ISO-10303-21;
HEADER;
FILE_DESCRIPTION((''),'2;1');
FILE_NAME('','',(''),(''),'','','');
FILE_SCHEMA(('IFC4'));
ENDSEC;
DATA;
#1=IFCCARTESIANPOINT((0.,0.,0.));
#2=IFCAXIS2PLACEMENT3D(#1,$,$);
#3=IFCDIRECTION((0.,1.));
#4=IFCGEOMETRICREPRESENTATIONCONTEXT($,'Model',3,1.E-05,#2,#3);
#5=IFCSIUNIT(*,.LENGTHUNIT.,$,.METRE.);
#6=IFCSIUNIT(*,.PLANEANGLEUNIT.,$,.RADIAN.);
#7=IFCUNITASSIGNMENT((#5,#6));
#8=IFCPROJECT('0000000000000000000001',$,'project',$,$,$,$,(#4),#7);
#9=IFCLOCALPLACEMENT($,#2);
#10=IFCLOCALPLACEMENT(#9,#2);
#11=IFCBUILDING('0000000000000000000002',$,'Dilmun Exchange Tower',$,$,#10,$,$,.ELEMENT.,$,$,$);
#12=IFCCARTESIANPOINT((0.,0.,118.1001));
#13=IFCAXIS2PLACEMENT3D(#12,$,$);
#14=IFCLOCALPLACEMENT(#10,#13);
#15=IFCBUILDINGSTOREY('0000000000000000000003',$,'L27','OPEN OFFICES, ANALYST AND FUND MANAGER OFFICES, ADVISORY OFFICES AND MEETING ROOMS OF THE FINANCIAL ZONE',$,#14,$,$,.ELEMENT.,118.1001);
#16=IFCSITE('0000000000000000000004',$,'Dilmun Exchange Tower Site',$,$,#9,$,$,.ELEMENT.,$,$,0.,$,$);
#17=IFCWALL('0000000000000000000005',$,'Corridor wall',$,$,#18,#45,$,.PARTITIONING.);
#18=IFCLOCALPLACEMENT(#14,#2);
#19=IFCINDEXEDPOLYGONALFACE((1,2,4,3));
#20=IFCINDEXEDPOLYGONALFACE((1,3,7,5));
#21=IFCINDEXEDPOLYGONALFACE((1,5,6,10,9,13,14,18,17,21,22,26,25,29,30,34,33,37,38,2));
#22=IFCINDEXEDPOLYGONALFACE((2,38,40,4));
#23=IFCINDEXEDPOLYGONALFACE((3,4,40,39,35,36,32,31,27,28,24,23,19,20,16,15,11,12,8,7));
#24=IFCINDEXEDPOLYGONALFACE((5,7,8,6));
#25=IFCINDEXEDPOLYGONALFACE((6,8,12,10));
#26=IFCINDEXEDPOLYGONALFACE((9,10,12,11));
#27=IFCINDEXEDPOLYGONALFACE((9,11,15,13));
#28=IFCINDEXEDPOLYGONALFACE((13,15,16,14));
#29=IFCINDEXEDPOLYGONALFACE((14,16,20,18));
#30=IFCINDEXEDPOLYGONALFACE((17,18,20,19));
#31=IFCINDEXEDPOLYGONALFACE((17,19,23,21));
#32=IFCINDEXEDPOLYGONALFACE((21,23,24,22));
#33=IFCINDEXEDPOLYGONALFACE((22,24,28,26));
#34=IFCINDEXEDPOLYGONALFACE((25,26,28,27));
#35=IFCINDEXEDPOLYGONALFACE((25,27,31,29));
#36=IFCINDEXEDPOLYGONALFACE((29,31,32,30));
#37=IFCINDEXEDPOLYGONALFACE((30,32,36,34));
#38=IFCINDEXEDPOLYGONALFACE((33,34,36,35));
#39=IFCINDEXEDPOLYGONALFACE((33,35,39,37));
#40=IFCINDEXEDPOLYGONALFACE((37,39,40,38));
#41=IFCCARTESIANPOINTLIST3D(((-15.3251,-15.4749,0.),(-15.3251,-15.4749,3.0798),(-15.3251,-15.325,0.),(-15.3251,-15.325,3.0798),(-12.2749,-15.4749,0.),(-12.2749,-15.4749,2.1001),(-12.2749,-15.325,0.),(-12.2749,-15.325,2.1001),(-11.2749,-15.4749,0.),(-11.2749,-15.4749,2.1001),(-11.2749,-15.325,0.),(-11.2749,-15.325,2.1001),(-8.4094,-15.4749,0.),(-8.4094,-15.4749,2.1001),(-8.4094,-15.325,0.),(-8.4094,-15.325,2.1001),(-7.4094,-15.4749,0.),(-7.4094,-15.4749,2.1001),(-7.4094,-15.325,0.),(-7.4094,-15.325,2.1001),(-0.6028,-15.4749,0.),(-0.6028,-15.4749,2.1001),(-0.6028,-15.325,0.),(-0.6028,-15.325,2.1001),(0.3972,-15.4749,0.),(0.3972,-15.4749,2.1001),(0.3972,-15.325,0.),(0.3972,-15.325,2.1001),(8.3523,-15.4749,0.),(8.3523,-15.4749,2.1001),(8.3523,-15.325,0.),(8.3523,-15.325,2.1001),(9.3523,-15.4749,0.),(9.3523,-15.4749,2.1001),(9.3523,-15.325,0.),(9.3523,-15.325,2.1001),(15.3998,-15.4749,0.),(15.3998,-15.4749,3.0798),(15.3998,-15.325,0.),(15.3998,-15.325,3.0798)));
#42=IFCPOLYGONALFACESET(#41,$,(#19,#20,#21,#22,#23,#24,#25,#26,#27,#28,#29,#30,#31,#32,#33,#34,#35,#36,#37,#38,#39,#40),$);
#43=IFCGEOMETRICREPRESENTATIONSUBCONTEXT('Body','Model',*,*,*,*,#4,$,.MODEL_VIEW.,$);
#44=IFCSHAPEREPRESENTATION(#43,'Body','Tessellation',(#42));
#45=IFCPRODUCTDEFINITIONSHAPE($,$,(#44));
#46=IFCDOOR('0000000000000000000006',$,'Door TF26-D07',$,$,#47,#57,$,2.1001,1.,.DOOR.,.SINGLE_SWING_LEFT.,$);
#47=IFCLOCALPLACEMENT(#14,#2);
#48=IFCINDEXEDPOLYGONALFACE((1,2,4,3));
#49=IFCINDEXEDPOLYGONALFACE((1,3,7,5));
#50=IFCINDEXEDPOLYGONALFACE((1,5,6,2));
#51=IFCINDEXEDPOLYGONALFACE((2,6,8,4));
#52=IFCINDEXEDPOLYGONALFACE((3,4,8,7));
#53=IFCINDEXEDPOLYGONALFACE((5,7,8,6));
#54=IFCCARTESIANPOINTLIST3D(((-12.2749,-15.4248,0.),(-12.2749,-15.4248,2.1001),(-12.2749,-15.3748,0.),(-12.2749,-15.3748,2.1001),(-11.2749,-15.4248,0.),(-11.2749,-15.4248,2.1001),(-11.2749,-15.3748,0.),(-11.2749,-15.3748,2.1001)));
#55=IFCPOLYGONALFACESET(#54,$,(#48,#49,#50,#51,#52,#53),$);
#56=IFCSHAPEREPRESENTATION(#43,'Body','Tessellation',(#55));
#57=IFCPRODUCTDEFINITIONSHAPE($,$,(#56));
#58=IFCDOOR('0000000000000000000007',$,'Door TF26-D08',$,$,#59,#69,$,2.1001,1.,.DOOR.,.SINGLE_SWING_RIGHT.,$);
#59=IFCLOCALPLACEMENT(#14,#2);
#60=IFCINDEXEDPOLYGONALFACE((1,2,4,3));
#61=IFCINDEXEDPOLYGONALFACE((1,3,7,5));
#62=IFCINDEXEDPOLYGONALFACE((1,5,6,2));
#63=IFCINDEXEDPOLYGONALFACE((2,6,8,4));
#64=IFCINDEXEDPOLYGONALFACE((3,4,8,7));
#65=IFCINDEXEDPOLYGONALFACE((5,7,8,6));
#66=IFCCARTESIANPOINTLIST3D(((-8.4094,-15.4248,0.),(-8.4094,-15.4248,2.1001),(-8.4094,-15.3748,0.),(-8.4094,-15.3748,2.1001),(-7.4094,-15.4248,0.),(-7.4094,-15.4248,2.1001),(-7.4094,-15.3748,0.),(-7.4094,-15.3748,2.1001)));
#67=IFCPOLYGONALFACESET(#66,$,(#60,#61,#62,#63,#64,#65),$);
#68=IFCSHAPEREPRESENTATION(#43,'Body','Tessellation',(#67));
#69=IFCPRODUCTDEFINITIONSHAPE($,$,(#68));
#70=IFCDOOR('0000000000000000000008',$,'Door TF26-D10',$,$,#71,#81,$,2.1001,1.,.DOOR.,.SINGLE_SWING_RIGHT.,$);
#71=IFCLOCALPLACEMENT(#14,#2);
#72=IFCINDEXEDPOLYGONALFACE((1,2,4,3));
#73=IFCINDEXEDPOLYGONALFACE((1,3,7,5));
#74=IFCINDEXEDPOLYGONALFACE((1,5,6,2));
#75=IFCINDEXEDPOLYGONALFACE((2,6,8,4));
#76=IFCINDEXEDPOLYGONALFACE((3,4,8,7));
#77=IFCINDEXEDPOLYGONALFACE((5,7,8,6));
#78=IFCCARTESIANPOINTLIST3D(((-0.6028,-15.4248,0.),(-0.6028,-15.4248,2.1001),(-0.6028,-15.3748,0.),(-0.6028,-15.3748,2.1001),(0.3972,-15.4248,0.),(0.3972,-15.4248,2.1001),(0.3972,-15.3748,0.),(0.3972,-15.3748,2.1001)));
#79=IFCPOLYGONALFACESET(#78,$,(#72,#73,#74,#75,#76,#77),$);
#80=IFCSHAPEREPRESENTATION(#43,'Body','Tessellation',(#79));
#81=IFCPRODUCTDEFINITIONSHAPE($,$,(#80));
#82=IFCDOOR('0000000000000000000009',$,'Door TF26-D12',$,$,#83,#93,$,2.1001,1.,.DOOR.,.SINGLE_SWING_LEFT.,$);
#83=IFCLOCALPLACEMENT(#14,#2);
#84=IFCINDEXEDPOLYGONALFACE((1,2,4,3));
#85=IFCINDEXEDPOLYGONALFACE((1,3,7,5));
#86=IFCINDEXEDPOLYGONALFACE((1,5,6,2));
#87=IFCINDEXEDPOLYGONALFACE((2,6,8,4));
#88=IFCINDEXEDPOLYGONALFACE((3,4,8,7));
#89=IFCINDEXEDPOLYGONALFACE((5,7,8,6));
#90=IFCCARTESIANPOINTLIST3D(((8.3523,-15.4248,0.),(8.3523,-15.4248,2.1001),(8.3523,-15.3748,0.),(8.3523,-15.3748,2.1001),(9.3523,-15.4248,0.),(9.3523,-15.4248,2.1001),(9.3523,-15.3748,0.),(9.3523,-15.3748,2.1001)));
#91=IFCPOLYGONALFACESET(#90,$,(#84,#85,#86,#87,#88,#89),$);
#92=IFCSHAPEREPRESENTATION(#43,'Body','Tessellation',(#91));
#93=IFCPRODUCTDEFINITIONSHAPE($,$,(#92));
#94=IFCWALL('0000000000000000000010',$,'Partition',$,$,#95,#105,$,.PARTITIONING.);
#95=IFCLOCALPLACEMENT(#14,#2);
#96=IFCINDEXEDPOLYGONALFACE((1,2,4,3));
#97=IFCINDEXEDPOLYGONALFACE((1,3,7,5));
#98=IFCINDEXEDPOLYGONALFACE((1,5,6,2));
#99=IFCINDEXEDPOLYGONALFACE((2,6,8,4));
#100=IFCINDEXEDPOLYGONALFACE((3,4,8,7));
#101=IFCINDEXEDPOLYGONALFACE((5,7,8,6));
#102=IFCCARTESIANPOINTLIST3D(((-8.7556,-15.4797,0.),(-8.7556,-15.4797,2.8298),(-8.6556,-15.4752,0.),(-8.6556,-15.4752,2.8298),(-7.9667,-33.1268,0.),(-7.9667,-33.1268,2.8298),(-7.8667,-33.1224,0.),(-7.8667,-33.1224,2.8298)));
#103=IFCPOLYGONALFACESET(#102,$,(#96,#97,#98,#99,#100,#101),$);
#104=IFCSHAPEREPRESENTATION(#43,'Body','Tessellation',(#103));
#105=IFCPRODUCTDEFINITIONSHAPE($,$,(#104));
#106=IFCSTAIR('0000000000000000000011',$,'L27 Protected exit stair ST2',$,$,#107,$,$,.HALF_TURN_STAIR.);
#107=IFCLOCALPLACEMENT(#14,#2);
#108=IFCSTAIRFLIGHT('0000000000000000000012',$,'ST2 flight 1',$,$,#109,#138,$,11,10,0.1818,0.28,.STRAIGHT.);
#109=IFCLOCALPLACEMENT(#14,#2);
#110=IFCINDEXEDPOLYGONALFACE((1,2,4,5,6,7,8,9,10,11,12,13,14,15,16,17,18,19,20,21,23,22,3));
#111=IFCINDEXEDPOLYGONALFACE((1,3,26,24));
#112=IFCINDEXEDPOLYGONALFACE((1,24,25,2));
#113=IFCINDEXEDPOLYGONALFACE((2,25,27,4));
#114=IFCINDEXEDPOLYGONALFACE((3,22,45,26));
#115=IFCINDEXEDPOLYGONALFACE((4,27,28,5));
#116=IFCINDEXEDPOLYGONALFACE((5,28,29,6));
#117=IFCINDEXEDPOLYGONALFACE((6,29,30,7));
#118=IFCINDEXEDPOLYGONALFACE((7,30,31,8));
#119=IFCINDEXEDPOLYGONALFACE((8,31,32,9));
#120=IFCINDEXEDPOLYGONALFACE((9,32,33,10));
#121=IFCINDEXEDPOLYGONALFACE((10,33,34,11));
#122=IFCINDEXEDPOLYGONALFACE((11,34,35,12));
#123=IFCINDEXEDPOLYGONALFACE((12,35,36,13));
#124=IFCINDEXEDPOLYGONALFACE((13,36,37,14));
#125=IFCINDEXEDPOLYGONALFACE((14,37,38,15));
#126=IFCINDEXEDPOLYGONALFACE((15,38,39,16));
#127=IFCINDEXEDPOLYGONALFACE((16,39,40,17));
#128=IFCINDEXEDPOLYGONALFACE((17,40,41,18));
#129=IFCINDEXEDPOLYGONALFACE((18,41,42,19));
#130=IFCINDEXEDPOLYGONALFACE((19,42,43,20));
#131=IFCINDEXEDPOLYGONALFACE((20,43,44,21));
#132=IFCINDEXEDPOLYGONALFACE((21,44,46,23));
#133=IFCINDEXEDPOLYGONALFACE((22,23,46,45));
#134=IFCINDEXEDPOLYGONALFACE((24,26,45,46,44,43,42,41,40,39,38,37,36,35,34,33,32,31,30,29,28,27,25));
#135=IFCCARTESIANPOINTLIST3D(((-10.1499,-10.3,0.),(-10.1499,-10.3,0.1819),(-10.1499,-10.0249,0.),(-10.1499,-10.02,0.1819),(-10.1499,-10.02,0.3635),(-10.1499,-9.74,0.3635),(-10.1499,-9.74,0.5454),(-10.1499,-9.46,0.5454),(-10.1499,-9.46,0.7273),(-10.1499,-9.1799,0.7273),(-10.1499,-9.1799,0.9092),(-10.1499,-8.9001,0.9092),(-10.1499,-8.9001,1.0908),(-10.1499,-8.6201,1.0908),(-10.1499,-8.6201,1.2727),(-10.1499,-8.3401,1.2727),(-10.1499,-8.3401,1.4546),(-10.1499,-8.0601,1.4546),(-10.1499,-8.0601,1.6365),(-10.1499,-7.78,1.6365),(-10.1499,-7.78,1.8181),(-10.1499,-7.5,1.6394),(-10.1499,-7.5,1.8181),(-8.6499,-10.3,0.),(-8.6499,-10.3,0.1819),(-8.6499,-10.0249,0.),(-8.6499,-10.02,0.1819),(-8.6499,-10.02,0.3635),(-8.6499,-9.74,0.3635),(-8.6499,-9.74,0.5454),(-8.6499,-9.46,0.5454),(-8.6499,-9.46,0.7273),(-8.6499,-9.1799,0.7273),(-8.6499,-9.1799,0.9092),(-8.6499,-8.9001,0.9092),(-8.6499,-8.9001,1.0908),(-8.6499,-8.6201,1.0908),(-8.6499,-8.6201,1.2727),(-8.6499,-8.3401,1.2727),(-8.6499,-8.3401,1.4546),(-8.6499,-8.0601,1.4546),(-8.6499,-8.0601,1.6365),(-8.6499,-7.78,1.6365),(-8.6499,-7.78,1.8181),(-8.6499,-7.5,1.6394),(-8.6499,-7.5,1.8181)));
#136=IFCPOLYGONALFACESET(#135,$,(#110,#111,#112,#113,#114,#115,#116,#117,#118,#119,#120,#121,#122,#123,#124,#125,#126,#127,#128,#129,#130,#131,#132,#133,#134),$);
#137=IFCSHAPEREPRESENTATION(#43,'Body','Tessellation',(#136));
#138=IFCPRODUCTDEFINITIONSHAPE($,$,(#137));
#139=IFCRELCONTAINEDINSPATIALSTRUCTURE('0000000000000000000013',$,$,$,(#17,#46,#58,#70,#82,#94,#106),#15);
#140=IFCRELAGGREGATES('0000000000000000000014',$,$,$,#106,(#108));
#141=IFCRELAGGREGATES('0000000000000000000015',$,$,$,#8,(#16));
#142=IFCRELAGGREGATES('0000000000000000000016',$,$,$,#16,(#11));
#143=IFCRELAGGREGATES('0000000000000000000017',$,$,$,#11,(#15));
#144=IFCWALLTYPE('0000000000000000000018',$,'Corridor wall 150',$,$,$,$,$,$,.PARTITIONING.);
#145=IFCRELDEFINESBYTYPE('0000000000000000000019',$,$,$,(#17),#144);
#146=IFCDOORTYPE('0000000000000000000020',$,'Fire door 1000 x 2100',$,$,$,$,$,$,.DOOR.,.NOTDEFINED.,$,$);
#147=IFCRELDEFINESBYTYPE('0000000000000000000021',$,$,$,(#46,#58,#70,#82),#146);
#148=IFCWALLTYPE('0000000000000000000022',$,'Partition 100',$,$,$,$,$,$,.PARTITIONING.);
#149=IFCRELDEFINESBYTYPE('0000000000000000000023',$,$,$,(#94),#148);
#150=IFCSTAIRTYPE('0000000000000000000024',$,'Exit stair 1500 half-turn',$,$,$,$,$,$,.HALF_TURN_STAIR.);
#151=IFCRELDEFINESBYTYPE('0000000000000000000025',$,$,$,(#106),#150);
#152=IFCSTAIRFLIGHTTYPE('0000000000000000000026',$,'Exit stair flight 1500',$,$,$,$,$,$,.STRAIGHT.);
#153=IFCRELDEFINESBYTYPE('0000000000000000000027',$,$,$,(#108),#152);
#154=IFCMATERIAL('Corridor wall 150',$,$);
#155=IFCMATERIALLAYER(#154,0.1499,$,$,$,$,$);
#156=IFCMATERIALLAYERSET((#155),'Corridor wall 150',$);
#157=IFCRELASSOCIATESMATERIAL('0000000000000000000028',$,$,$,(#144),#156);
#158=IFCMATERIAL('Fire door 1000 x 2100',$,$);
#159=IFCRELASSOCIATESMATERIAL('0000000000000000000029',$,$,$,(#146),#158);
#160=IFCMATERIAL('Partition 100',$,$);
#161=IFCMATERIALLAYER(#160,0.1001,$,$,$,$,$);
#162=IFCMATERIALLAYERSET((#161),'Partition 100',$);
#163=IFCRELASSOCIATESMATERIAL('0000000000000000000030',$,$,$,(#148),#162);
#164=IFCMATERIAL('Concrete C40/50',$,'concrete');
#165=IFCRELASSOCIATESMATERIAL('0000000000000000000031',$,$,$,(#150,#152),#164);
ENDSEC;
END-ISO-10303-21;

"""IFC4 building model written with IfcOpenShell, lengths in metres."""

from ifc_helpers import new_model, si_unit, direction, frame, frame_2d, origin, place, context, subcontext, project, spatial, polyline, rectangle, outline, extrude, material, layer, layer_set, type_object, element, fill, aggregate, save


model = new_model("IFC4")

# Units and contexts
model_context = context("Model", 3, precision=1e-05, world=origin(), true_north=direction((0.0, 1.0)))
body_context = subcontext(model_context, "Body", "Model", "MODEL_VIEW")
ifc_project = project(units=[si_unit("LENGTHUNIT", "METRE"), si_unit("PLANEANGLEUNIT", "RADIAN")], contexts=[model_context])

# Site, building, storey
site_placement = place(None, origin())
site = spatial("IfcSite", under=ifc_project, at=site_placement, Name="Dilmun Exchange Tower Site", CompositionType="ELEMENT", RefElevation=0.0)
building_placement = place(site_placement, origin())
building = spatial("IfcBuilding", under=site, at=building_placement, Name="Dilmun Exchange Tower", CompositionType="ELEMENT")
storey_placement = place(building_placement, frame((0.0, 0.0, 118.1001)))
storey = spatial("IfcBuildingStorey", under=building, at=storey_placement, Name="L27", Description="OPEN OFFICES, ANALYST AND FUND MANAGER OFFICES, ADVISORY OFFICES AND MEETING ROOMS OF THE FINANCIAL ZONE", CompositionType="ELEMENT", Elevation=118.1001)

# Shared definitions
ifc_material_1 = material(Name="Concrete C40/50", Category="concrete")

# Wall, openings, doors
ifc_material_2 = material(Name="Corridor wall 150")
ifc_layer_1 = layer(ifc_material_2, 0.1499)
ifc_layer_set_1 = layer_set([ifc_layer_1], Name="Corridor wall 150")
wall_type_1 = type_object("IfcWallType", Name="Corridor wall 150", PredefinedType="PARTITIONING", material=ifc_layer_set_1)
wall_1_placement = place(storey_placement, frame((-15.325, -15.3999, 0.0), z_axis=(0.0, 0.0, 1.0), x_axis=(1.0, 0.0, 0.0)))
wall_1 = element("IfcWall", 1, at=wall_1_placement, inside=storey, type_object=wall_type_1, Name="Corridor wall", PredefinedType="PARTITIONING", context=body_context, shape_type="SweptSolid", body=[
    extrude(rectangle(XDim=30.7249, YDim=0.1499, at=frame_2d((15.3623, 0.0))), origin(), (0.0, 0.0, 1.0), 3.0798),
])
opening_1_placement = place(wall_1_placement, frame((3.05, 0.0, 0.0)))
opening_1 = element("IfcOpeningElement", 2, at=opening_1_placement, cuts=wall_1, PredefinedType="OPENING", context=body_context, shape_type="SweptSolid", body=[
    extrude(rectangle(XDim=1.0, YDim=2.1001, at=frame_2d((0.5, 1.05))), frame((0.0, 0.085, 0.0), z_axis=(0.0, -1.0, 0.0), x_axis=(1.0, 0.0, 0.0)), (0.0, 0.0, 1.0), 0.1699),
])
opening_2_placement = place(wall_1_placement, frame((6.9155, 0.0, 0.0)))
opening_2 = element("IfcOpeningElement", 3, at=opening_2_placement, cuts=wall_1, PredefinedType="OPENING", context=body_context, shape_type="SweptSolid", body=[
    extrude(rectangle(XDim=1.0, YDim=2.1001, at=frame_2d((0.5, 1.05))), frame((0.0, 0.085, 0.0), z_axis=(0.0, -1.0, 0.0), x_axis=(1.0, 0.0, 0.0)), (0.0, 0.0, 1.0), 0.1699),
])
opening_3_placement = place(wall_1_placement, frame((14.7222, 0.0, 0.0)))
opening_3 = element("IfcOpeningElement", 4, at=opening_3_placement, cuts=wall_1, PredefinedType="OPENING", context=body_context, shape_type="SweptSolid", body=[
    extrude(rectangle(XDim=1.0, YDim=2.1001, at=frame_2d((0.5, 1.05))), frame((0.0, 0.085, 0.0), z_axis=(0.0, -1.0, 0.0), x_axis=(1.0, 0.0, 0.0)), (0.0, 0.0, 1.0), 0.1699),
])
opening_4_placement = place(wall_1_placement, frame((23.6772, 0.0, 0.0)))
opening_4 = element("IfcOpeningElement", 5, at=opening_4_placement, cuts=wall_1, PredefinedType="OPENING", context=body_context, shape_type="SweptSolid", body=[
    extrude(rectangle(XDim=1.0, YDim=2.1001, at=frame_2d((0.5, 1.05))), frame((0.0, 0.085, 0.0), z_axis=(0.0, -1.0, 0.0), x_axis=(1.0, 0.0, 0.0)), (0.0, 0.0, 1.0), 0.1699),
])
ifc_material_3 = material(Name="Fire door 1000 x 2100")
door_type_1 = type_object("IfcDoorType", Name="Fire door 1000 x 2100", OperationType="NOTDEFINED", PredefinedType="DOOR", material=ifc_material_3)
door_1_placement = place(opening_1_placement, frame((1.0, 0.0, 0.0), z_axis=(0.0, 0.0, 1.0), x_axis=(-1.0, 0.0, 0.0)))
door_1 = element("IfcDoor", 6, at=door_1_placement, inside=storey, type_object=door_type_1, Name="Door TF26-D07", OperationType="SINGLE_SWING_LEFT", OverallHeight=2.1001, OverallWidth=1.0, PredefinedType="DOOR", context=body_context, shape_type="SweptSolid", body=[
    extrude(rectangle(XDim=1.0, YDim=2.1001, at=frame_2d((0.5, 1.05))), frame((0.0, 0.0249, 0.0), z_axis=(0.0, -1.0, 0.0), x_axis=(1.0, 0.0, 0.0)), (0.0, 0.0, 1.0), 0.05),
])
fill(opening_1, door_1)
door_2_placement = place(opening_2_placement, frame((1.0, 0.0, 0.0), z_axis=(0.0, 0.0, 1.0), x_axis=(-1.0, 0.0, 0.0)))
door_2 = element("IfcDoor", 7, at=door_2_placement, inside=storey, type_object=door_type_1, Name="Door TF26-D08", OperationType="SINGLE_SWING_RIGHT", OverallHeight=2.1001, OverallWidth=1.0, PredefinedType="DOOR", context=body_context, shape_type="SweptSolid", body=[
    extrude(rectangle(XDim=1.0, YDim=2.1001, at=frame_2d((0.5, 1.05))), frame((0.0, 0.0249, 0.0), z_axis=(0.0, -1.0, 0.0), x_axis=(1.0, 0.0, 0.0)), (0.0, 0.0, 1.0), 0.05),
])
fill(opening_2, door_2)
door_3_placement = place(opening_3_placement, frame((1.0, 0.0, 0.0), z_axis=(0.0, 0.0, 1.0), x_axis=(-1.0, 0.0, 0.0)))
door_3 = element("IfcDoor", 8, at=door_3_placement, inside=storey, type_object=door_type_1, Name="Door TF26-D10", OperationType="SINGLE_SWING_RIGHT", OverallHeight=2.1001, OverallWidth=1.0, PredefinedType="DOOR", context=body_context, shape_type="SweptSolid", body=[
    extrude(rectangle(XDim=1.0, YDim=2.1001, at=frame_2d((0.5, 1.05))), frame((0.0, 0.0249, 0.0), z_axis=(0.0, -1.0, 0.0), x_axis=(1.0, 0.0, 0.0)), (0.0, 0.0, 1.0), 0.05),
])
fill(opening_3, door_3)
door_4_placement = place(opening_4_placement, frame((1.0, 0.0, 0.0), z_axis=(0.0, 0.0, 1.0), x_axis=(-1.0, 0.0, 0.0)))
door_4 = element("IfcDoor", 9, at=door_4_placement, inside=storey, type_object=door_type_1, Name="Door TF26-D12", OperationType="SINGLE_SWING_LEFT", OverallHeight=2.1001, OverallWidth=1.0, PredefinedType="DOOR", context=body_context, shape_type="SweptSolid", body=[
    extrude(rectangle(XDim=1.0, YDim=2.1001, at=frame_2d((0.5, 1.05))), frame((0.0, 0.0249, 0.0), z_axis=(0.0, -1.0, 0.0), x_axis=(1.0, 0.0, 0.0)), (0.0, 0.0, 1.0), 0.05),
])
fill(opening_4, door_4)

# Wall
ifc_material_4 = material(Name="Partition 100")
ifc_layer_2 = layer(ifc_material_4, 0.1001)
ifc_layer_set_2 = layer_set([ifc_layer_2], Name="Partition 100")
wall_type_2 = type_object("IfcWallType", Name="Partition 100", PredefinedType="PARTITIONING", material=ifc_layer_set_2)
wall_2_placement = place(storey_placement, frame((-8.7056, -15.4773, 0.0), z_axis=(0.0, 0.0, 1.0), x_axis=(0.044655, -0.999002, 0.0)))
element("IfcWall", 10, at=wall_2_placement, inside=storey, type_object=wall_type_2, Name="Partition", PredefinedType="PARTITIONING", context=body_context, shape_type="SweptSolid", body=[
    extrude(rectangle(XDim=17.6648, YDim=0.1001, at=frame_2d((8.8325, 0.0))), origin(), (0.0, 0.0, 1.0), 2.8298),
])

# Stair, stair flight
stair_type = type_object("IfcStairType", Name="Exit stair 1500 half-turn", PredefinedType="HALF_TURN_STAIR", material=ifc_material_1)
stair_placement = place(storey_placement, origin())
stair = element("IfcStair", 11, at=stair_placement, inside=storey, type_object=stair_type, Name="L27 Protected exit stair ST2", PredefinedType="HALF_TURN_STAIR")
stair_flight_type = type_object("IfcStairFlightType", Name="Exit stair flight 1500", PredefinedType="STRAIGHT", material=ifc_material_1)
stair_flight_placement = place(storey_placement, frame((-9.3999, -10.3, 0.0), z_axis=(0.0, 0.0, 1.0), x_axis=(0.0, 1.0, 0.0)))
stair_flight = element("IfcStairFlight", 12, at=stair_flight_placement, type_object=stair_flight_type, Name="ST2 flight 1", NumberOfRisers=11, NumberOfTreads=10, PredefinedType="STRAIGHT", RiserHeight=0.1818, TreadLength=0.28, context=body_context, shape_type="SweptSolid", body=[
    extrude(outline(polyline([(0.0, 0.0), (0.0, 0.1819), (0.28, 0.1819), (0.28, 0.3635), (0.5601, 0.3635), (0.5601, 0.5454), (0.8401, 0.5454), (0.8401, 0.7273), (1.1201, 0.7273), (1.1201, 0.9092), (1.3999, 0.9092), (1.3999, 1.0908), (1.6799, 1.0908), (1.6799, 1.2727), (1.96, 1.2727), (1.96, 1.4546), (2.24, 1.4546), (2.24, 1.6365), (2.52, 1.6365), (2.52, 1.8181), (2.8, 1.8181), (2.8, 2.0), (2.8, 1.6394), (0.2751, 0.0), (0.0, 0.0)])), frame((0.0, 0.75, 0.0), z_axis=(0.0, -1.0, 0.0), x_axis=(1.0, 0.0, 0.0)), (0.0, 0.0, 1.0), 1.5),
])
aggregate(stair, [stair_flight])

save(model, "model.ifc")
